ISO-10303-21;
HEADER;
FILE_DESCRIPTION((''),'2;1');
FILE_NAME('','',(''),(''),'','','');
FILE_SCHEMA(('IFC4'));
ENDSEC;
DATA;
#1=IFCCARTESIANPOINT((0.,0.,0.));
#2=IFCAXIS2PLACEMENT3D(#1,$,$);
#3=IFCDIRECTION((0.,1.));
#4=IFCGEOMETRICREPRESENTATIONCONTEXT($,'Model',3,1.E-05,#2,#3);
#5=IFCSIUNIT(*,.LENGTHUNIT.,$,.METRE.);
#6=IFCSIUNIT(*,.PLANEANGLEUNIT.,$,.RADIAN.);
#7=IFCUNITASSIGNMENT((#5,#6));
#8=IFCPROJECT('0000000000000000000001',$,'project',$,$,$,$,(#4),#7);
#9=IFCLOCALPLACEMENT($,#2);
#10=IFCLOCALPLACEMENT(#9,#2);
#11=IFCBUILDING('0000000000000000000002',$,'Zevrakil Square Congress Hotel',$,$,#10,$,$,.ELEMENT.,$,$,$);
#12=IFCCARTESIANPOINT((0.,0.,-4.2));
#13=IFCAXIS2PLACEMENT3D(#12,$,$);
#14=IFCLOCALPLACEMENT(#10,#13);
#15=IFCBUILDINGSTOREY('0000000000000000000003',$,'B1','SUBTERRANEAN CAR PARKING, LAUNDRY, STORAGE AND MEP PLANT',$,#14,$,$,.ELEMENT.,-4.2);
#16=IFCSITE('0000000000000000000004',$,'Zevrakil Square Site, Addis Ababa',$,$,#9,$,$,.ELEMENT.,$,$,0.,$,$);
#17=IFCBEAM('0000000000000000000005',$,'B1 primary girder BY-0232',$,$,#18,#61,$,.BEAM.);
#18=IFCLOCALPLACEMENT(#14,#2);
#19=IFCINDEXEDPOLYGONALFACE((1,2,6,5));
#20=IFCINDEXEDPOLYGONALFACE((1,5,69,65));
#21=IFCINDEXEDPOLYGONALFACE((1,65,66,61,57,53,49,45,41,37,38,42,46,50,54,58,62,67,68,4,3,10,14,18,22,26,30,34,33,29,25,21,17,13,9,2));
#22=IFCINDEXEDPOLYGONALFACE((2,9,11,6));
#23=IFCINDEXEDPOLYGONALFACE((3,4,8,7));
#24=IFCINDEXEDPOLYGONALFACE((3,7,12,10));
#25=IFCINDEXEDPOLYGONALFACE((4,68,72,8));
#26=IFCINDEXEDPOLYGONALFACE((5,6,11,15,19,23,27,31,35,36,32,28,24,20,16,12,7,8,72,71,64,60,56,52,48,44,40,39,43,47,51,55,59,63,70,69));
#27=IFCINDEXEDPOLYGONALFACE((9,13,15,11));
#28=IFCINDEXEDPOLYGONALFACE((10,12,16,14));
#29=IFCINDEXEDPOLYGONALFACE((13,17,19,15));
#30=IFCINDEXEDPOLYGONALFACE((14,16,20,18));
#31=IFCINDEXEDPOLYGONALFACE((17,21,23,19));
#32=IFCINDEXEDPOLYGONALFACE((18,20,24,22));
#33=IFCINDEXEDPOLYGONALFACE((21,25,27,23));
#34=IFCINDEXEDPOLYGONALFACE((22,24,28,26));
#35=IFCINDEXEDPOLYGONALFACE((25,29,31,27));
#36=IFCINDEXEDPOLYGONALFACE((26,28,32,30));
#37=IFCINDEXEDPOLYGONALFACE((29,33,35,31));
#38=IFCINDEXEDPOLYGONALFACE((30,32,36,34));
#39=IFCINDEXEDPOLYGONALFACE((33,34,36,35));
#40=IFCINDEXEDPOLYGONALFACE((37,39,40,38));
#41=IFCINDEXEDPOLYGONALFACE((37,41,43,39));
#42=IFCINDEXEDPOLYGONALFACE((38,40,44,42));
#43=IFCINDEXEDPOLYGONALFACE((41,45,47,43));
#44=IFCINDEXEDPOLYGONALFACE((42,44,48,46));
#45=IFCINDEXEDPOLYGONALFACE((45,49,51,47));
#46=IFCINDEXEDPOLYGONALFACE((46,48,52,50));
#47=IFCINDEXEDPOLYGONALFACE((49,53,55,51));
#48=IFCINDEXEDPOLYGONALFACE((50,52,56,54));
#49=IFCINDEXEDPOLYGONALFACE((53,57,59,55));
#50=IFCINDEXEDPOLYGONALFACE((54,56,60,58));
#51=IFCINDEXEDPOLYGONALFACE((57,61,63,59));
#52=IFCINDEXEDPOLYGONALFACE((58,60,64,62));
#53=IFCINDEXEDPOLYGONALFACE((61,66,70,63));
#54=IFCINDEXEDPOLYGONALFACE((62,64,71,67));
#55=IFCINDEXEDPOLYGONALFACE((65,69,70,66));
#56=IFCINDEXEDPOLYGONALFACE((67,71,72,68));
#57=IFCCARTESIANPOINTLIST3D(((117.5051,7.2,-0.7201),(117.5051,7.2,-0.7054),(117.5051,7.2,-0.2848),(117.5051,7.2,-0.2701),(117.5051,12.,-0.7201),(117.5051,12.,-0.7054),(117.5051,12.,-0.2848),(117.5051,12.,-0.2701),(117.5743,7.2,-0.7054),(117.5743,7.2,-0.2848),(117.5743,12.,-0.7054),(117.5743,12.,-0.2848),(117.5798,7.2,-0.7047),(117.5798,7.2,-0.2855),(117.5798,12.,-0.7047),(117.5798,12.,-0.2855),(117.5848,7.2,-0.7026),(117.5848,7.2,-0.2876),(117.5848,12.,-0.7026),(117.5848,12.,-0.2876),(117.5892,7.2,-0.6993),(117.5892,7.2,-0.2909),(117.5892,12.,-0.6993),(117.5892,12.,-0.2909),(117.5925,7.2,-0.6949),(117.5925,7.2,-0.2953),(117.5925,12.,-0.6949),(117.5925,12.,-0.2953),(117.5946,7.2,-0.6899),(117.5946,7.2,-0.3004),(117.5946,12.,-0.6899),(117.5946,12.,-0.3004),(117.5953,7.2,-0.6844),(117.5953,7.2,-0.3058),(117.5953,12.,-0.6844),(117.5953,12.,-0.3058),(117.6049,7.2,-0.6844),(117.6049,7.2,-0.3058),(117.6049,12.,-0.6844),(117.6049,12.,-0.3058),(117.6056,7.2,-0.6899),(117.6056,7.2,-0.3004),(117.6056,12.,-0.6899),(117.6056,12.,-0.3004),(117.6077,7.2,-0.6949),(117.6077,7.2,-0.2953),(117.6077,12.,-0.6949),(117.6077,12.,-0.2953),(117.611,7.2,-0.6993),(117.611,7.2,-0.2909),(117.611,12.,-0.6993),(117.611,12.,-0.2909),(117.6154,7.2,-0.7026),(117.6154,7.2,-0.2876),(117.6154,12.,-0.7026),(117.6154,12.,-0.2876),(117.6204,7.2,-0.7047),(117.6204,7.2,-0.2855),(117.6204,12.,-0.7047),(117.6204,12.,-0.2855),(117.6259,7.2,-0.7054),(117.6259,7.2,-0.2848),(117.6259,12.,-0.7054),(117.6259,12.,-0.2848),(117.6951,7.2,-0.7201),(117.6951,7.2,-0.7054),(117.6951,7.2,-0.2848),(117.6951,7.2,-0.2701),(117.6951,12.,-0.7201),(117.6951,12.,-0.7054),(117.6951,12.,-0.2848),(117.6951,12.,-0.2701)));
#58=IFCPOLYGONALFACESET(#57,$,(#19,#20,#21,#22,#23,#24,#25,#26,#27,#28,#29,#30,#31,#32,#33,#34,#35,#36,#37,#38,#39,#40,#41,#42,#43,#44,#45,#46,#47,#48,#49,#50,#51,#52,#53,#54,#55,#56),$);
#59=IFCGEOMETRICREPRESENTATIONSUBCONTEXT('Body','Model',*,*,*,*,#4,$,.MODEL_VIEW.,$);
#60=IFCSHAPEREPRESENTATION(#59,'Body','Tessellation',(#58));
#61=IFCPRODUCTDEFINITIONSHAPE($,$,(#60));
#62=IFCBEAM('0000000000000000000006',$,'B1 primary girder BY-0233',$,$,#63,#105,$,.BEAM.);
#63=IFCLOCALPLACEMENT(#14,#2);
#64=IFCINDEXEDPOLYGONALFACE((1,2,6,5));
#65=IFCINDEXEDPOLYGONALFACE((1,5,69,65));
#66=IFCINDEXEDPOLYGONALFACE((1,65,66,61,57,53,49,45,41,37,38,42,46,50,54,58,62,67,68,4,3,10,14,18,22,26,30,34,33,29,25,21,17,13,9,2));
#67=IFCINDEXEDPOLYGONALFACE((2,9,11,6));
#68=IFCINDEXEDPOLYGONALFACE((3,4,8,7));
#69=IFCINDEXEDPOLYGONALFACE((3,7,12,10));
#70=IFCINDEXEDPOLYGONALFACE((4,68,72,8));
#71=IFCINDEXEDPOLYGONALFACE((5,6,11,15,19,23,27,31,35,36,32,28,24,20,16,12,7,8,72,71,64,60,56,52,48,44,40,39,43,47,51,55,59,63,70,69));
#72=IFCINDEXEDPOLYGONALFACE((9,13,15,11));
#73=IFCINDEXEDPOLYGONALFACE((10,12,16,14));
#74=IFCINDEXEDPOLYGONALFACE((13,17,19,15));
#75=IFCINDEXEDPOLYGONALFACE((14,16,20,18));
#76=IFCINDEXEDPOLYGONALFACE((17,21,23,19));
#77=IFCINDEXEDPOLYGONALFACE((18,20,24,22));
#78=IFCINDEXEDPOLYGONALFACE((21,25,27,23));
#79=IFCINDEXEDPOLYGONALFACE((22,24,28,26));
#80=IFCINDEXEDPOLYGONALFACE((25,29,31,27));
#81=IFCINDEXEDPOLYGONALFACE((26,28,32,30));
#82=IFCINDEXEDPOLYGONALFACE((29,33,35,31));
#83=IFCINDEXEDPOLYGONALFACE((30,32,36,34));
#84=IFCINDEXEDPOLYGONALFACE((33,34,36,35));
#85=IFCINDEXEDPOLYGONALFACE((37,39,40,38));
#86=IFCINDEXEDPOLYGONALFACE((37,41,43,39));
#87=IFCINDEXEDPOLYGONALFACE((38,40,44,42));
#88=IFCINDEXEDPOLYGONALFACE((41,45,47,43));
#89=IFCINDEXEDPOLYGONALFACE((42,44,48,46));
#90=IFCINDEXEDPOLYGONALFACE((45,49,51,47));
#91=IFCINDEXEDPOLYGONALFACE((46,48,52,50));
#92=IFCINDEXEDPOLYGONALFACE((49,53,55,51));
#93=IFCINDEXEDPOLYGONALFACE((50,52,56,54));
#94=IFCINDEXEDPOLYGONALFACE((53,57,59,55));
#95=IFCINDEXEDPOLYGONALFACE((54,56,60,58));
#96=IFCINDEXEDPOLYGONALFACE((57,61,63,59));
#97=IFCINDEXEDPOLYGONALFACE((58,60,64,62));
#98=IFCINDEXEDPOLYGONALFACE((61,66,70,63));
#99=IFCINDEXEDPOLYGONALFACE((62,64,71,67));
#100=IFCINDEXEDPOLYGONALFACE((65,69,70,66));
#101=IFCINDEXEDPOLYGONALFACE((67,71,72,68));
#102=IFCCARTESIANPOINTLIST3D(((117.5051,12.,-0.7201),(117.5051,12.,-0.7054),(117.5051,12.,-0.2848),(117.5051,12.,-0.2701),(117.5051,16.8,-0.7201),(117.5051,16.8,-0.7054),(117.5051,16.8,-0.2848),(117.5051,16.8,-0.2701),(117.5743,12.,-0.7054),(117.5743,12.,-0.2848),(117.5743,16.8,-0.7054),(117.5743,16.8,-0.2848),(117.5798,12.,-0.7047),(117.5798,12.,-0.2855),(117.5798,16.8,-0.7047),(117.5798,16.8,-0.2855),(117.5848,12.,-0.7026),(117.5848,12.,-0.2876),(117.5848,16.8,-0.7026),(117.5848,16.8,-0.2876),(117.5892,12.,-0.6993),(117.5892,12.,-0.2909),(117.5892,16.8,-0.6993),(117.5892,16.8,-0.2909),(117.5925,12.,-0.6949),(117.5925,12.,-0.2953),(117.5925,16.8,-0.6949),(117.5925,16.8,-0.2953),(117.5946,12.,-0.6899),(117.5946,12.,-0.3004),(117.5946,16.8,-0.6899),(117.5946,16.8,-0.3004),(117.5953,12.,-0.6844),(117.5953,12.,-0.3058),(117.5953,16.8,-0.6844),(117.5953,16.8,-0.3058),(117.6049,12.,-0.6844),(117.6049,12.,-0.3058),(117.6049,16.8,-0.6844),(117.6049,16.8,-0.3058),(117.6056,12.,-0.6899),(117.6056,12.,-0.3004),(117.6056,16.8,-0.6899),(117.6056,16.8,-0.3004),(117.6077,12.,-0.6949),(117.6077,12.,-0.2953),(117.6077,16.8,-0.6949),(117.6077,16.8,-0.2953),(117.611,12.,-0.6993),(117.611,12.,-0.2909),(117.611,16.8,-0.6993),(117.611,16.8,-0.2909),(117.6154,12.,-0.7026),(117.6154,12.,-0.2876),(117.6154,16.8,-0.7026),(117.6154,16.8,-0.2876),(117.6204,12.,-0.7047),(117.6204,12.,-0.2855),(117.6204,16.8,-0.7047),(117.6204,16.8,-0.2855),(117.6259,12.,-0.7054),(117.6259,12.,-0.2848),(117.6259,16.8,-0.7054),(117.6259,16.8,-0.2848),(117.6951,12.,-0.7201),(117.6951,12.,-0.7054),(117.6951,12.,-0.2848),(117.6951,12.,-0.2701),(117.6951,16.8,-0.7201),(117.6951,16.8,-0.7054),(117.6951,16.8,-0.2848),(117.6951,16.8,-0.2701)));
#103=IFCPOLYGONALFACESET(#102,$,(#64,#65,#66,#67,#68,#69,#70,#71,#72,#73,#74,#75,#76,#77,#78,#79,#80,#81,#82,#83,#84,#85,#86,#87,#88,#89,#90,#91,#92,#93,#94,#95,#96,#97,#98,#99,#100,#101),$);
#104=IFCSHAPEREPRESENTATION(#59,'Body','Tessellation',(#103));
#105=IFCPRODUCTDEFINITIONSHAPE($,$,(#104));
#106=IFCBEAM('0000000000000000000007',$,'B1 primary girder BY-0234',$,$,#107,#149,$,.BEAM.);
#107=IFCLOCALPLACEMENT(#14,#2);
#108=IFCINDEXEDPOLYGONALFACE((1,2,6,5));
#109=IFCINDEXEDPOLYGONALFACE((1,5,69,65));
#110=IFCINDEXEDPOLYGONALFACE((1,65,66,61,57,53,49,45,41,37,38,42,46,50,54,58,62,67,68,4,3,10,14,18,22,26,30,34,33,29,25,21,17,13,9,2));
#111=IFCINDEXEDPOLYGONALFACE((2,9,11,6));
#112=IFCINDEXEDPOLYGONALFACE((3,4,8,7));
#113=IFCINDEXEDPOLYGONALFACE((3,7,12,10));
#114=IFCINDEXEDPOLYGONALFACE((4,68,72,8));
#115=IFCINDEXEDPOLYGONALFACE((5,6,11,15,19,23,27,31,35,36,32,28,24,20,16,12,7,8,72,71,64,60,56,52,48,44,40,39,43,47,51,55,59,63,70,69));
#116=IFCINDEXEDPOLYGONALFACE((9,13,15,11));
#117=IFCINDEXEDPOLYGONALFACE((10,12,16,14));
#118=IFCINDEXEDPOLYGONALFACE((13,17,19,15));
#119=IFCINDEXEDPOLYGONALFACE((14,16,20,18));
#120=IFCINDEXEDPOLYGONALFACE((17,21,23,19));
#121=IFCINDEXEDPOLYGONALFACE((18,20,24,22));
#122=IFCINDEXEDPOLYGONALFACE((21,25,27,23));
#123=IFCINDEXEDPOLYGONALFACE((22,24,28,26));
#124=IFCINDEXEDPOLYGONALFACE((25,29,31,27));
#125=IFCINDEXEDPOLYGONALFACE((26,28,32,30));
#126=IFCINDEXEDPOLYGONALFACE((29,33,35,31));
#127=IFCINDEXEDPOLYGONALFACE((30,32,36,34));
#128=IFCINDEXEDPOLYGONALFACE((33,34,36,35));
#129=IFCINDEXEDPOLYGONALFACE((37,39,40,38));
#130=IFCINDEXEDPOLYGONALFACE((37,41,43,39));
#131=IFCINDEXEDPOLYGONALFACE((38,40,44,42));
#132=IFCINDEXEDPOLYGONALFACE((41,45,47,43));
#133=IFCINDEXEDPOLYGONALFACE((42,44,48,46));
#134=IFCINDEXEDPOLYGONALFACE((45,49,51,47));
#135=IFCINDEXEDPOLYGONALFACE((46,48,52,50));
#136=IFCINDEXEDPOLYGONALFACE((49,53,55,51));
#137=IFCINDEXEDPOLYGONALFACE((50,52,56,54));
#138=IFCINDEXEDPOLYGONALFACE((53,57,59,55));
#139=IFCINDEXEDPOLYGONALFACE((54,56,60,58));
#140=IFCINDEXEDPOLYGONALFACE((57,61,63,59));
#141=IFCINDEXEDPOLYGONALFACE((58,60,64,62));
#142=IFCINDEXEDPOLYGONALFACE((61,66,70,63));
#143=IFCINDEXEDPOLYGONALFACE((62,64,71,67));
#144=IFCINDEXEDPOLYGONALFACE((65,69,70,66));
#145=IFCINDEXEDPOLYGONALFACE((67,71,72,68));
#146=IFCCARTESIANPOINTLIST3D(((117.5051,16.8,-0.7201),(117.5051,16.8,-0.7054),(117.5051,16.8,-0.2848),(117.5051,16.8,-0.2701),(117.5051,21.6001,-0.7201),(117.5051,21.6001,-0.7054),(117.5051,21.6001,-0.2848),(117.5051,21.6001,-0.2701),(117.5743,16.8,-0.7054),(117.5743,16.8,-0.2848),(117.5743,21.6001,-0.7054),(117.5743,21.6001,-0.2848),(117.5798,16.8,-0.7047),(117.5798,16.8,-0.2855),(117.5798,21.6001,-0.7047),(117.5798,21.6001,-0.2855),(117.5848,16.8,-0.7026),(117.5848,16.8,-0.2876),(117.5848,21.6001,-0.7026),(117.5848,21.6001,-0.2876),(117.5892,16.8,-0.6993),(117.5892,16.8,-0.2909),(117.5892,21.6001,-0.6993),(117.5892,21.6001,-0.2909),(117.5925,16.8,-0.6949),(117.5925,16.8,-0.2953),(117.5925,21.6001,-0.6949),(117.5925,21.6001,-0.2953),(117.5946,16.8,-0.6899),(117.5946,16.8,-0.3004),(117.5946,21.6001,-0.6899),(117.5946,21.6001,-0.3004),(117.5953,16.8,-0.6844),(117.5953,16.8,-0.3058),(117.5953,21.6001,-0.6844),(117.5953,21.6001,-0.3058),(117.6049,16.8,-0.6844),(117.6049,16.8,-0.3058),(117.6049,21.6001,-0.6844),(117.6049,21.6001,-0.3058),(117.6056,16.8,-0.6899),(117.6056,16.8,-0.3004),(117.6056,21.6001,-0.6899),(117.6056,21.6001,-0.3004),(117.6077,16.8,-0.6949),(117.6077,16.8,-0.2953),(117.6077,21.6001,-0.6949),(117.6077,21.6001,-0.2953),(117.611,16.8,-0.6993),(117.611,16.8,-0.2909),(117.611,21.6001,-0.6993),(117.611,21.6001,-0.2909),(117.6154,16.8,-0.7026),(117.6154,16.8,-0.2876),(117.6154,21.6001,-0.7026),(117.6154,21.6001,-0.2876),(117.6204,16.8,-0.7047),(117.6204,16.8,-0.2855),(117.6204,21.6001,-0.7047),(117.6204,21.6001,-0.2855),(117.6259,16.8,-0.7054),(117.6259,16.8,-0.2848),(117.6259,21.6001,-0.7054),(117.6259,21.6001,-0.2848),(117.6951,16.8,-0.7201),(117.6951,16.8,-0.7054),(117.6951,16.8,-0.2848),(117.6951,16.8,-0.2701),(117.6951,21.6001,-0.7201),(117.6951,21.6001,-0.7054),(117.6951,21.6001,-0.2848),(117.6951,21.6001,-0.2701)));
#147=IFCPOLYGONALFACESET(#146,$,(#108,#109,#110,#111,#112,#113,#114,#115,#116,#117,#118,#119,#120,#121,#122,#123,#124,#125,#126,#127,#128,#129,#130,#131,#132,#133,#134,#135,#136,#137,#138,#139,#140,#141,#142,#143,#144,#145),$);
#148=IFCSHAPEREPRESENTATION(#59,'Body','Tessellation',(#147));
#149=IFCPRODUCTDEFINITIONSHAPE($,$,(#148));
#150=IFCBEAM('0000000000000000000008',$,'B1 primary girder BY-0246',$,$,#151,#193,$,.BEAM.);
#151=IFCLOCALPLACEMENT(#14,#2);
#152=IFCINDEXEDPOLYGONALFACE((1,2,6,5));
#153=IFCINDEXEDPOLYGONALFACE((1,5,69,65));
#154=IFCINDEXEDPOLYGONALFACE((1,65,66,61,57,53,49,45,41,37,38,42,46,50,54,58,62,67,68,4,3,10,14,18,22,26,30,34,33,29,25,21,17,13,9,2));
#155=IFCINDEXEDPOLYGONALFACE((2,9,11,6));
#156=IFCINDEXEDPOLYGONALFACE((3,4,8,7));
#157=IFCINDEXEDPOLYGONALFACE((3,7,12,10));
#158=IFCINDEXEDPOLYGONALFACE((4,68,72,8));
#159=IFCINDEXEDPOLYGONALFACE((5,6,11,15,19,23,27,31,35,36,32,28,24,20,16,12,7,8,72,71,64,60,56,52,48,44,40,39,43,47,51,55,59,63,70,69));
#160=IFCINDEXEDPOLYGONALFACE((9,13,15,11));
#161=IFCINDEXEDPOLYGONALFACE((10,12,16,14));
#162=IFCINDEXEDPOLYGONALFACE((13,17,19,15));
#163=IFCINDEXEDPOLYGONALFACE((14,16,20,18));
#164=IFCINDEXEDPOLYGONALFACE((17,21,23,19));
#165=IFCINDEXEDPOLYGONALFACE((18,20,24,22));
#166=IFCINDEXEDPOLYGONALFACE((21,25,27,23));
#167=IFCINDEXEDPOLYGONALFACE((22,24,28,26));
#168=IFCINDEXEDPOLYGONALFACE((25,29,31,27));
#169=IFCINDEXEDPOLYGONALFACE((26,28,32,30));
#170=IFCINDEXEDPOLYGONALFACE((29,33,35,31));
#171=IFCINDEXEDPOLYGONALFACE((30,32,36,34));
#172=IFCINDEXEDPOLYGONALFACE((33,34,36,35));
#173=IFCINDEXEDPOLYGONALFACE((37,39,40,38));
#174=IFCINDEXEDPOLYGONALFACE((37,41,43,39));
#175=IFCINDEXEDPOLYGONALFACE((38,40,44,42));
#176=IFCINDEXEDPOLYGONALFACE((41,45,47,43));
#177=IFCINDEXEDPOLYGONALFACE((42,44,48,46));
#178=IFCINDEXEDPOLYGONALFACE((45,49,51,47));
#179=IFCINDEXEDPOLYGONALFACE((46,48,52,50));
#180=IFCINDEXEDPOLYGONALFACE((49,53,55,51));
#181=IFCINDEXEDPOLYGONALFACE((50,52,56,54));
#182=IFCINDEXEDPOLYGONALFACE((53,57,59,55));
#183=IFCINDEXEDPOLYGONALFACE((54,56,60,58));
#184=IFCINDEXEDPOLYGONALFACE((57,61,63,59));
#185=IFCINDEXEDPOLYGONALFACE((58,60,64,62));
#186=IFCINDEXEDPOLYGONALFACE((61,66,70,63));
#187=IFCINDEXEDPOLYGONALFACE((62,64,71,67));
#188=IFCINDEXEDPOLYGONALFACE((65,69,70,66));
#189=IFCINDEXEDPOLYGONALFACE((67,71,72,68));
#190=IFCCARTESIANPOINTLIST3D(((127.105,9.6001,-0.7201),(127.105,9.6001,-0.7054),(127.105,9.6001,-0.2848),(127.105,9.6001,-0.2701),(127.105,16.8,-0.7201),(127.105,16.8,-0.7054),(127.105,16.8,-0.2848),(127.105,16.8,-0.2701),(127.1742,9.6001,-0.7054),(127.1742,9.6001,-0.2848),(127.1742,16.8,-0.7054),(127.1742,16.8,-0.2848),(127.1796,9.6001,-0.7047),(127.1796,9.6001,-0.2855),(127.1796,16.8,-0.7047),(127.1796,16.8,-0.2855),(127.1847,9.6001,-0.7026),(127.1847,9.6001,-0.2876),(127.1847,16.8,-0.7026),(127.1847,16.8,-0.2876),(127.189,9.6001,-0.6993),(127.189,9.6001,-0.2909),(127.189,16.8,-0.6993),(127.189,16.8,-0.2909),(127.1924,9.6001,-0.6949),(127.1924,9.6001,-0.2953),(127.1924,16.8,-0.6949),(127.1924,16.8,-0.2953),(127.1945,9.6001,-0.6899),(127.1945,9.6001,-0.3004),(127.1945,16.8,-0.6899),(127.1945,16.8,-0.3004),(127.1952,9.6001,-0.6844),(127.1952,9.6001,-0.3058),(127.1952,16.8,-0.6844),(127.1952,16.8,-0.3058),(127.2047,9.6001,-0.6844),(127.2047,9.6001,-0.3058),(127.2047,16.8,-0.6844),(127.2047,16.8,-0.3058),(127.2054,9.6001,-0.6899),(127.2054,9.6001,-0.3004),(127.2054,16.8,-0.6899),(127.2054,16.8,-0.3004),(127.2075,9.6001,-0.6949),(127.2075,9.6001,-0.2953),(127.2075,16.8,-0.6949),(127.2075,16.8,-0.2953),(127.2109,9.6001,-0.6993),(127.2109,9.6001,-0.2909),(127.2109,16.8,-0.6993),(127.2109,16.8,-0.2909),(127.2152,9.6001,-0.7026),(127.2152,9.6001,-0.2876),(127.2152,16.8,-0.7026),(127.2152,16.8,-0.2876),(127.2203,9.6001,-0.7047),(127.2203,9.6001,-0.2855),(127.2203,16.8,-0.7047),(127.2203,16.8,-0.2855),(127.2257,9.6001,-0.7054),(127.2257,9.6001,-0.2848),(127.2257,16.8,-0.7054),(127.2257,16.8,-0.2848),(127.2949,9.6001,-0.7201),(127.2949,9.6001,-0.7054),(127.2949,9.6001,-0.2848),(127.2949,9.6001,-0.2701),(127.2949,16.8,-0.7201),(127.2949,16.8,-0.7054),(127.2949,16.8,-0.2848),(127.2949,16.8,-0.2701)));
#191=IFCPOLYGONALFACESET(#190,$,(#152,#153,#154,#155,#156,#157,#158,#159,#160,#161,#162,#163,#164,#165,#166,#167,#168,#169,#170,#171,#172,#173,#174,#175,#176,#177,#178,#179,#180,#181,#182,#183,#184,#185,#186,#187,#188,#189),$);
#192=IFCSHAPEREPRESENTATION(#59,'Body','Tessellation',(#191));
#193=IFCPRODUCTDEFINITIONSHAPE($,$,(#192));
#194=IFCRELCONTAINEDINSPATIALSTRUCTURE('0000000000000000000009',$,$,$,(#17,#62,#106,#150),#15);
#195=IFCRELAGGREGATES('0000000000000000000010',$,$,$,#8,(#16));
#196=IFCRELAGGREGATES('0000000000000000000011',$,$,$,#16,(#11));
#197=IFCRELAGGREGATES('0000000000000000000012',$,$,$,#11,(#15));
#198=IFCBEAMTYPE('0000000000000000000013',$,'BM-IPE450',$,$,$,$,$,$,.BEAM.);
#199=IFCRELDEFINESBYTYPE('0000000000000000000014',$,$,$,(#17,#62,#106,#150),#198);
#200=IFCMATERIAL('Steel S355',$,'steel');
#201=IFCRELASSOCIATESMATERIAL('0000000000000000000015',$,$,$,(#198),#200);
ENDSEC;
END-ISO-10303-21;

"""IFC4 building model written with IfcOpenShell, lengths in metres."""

from ifc_helpers import new_model, si_unit, direction, frame, origin, origin_2d, place, context, subcontext, project, spatial, i_section, extrude, material, material_profile, profile_set, type_object, element, save


model = new_model("IFC4")

# Units and contexts
model_context = context("Model", 3, precision=1e-05, world=origin(), true_north=direction((0.0, 1.0)))
body_context = subcontext(model_context, "Body", "Model", "MODEL_VIEW")
ifc_project = project(units=[si_unit("LENGTHUNIT", "METRE"), si_unit("PLANEANGLEUNIT", "RADIAN")], contexts=[model_context])

# Site, building, storey
site_placement = place(None, origin())
site = spatial("IfcSite", under=ifc_project, at=site_placement, Name="Zevrakil Square Site, Addis Ababa", CompositionType="ELEMENT", RefElevation=0.0)
building_placement = place(site_placement, origin())
building = spatial("IfcBuilding", under=site, at=building_placement, Name="Zevrakil Square Congress Hotel", CompositionType="ELEMENT")
storey_placement = place(building_placement, frame((0.0, 0.0, -4.2)))
storey = spatial("IfcBuildingStorey", under=building, at=storey_placement, Name="B1", Description="SUBTERRANEAN CAR PARKING, LAUNDRY, STORAGE AND MEP PLANT", CompositionType="ELEMENT", Elevation=-4.2)

# Beams
ifc_material_1 = material(Name="Steel S355", Category="steel")
ifc_material_profile_1 = material_profile(ifc_material_1, i_section(OverallWidth=0.1899, OverallDepth=0.45, WebThickness=0.0095, FlangeThickness=0.0146, FilletRadius=0.021, at=origin_2d()), Name="IPE 450")
ifc_profile_set_1 = profile_set([ifc_material_profile_1], Name="Steel S355")
beam_type_1 = type_object("IfcBeamType", Name="BM-IPE450", PredefinedType="BEAM", material=ifc_profile_set_1)
for number, where, z_axis, x_axis, name in (
    (1, (117.6001, 7.2, -0.4951), (0.0, 1.0, 0.0), (-1.0, 0.0, 0.0), "B1 primary girder BY-0232"),
    (2, (117.6001, 12.0, -0.4951), (0.0, 1.0, 0.0), (-1.0, 0.0, 0.0), "B1 primary girder BY-0233"),
    (3, (117.6001, 16.8, -0.4951), (0.0, 1.0, 0.0), (-1.0, 0.0, 0.0), "B1 primary girder BY-0234"),
):
    element("IfcBeam", number, at=place(storey_placement, frame(where, z_axis=z_axis, x_axis=x_axis)), inside=storey, type_object=beam_type_1, Name=name, PredefinedType="BEAM", context=body_context, shape_type="SweptSolid", body=[
        extrude(i_section(OverallWidth=0.1899, OverallDepth=0.45, WebThickness=0.0095, FlangeThickness=0.0146, FilletRadius=0.021, at=origin_2d()), origin(), (0.0, 0.0, 1.0), 4.8),
    ])
for number, where, z_axis, x_axis, name in (
    (4, (127.2, 9.6001, -0.4951), (0.0, 1.0, 0.0), (-1.0, 0.0, 0.0), "B1 primary girder BY-0246"),
):
    element("IfcBeam", number, at=place(storey_placement, frame(where, z_axis=z_axis, x_axis=x_axis)), inside=storey, type_object=beam_type_1, Name=name, PredefinedType="BEAM", context=body_context, shape_type="SweptSolid", body=[
        extrude(i_section(OverallWidth=0.1899, OverallDepth=0.45, WebThickness=0.0095, FlangeThickness=0.0146, FilletRadius=0.021, at=origin_2d()), origin(), (0.0, 0.0, 1.0), 7.2),
    ])

save(model, "model.ifc")
